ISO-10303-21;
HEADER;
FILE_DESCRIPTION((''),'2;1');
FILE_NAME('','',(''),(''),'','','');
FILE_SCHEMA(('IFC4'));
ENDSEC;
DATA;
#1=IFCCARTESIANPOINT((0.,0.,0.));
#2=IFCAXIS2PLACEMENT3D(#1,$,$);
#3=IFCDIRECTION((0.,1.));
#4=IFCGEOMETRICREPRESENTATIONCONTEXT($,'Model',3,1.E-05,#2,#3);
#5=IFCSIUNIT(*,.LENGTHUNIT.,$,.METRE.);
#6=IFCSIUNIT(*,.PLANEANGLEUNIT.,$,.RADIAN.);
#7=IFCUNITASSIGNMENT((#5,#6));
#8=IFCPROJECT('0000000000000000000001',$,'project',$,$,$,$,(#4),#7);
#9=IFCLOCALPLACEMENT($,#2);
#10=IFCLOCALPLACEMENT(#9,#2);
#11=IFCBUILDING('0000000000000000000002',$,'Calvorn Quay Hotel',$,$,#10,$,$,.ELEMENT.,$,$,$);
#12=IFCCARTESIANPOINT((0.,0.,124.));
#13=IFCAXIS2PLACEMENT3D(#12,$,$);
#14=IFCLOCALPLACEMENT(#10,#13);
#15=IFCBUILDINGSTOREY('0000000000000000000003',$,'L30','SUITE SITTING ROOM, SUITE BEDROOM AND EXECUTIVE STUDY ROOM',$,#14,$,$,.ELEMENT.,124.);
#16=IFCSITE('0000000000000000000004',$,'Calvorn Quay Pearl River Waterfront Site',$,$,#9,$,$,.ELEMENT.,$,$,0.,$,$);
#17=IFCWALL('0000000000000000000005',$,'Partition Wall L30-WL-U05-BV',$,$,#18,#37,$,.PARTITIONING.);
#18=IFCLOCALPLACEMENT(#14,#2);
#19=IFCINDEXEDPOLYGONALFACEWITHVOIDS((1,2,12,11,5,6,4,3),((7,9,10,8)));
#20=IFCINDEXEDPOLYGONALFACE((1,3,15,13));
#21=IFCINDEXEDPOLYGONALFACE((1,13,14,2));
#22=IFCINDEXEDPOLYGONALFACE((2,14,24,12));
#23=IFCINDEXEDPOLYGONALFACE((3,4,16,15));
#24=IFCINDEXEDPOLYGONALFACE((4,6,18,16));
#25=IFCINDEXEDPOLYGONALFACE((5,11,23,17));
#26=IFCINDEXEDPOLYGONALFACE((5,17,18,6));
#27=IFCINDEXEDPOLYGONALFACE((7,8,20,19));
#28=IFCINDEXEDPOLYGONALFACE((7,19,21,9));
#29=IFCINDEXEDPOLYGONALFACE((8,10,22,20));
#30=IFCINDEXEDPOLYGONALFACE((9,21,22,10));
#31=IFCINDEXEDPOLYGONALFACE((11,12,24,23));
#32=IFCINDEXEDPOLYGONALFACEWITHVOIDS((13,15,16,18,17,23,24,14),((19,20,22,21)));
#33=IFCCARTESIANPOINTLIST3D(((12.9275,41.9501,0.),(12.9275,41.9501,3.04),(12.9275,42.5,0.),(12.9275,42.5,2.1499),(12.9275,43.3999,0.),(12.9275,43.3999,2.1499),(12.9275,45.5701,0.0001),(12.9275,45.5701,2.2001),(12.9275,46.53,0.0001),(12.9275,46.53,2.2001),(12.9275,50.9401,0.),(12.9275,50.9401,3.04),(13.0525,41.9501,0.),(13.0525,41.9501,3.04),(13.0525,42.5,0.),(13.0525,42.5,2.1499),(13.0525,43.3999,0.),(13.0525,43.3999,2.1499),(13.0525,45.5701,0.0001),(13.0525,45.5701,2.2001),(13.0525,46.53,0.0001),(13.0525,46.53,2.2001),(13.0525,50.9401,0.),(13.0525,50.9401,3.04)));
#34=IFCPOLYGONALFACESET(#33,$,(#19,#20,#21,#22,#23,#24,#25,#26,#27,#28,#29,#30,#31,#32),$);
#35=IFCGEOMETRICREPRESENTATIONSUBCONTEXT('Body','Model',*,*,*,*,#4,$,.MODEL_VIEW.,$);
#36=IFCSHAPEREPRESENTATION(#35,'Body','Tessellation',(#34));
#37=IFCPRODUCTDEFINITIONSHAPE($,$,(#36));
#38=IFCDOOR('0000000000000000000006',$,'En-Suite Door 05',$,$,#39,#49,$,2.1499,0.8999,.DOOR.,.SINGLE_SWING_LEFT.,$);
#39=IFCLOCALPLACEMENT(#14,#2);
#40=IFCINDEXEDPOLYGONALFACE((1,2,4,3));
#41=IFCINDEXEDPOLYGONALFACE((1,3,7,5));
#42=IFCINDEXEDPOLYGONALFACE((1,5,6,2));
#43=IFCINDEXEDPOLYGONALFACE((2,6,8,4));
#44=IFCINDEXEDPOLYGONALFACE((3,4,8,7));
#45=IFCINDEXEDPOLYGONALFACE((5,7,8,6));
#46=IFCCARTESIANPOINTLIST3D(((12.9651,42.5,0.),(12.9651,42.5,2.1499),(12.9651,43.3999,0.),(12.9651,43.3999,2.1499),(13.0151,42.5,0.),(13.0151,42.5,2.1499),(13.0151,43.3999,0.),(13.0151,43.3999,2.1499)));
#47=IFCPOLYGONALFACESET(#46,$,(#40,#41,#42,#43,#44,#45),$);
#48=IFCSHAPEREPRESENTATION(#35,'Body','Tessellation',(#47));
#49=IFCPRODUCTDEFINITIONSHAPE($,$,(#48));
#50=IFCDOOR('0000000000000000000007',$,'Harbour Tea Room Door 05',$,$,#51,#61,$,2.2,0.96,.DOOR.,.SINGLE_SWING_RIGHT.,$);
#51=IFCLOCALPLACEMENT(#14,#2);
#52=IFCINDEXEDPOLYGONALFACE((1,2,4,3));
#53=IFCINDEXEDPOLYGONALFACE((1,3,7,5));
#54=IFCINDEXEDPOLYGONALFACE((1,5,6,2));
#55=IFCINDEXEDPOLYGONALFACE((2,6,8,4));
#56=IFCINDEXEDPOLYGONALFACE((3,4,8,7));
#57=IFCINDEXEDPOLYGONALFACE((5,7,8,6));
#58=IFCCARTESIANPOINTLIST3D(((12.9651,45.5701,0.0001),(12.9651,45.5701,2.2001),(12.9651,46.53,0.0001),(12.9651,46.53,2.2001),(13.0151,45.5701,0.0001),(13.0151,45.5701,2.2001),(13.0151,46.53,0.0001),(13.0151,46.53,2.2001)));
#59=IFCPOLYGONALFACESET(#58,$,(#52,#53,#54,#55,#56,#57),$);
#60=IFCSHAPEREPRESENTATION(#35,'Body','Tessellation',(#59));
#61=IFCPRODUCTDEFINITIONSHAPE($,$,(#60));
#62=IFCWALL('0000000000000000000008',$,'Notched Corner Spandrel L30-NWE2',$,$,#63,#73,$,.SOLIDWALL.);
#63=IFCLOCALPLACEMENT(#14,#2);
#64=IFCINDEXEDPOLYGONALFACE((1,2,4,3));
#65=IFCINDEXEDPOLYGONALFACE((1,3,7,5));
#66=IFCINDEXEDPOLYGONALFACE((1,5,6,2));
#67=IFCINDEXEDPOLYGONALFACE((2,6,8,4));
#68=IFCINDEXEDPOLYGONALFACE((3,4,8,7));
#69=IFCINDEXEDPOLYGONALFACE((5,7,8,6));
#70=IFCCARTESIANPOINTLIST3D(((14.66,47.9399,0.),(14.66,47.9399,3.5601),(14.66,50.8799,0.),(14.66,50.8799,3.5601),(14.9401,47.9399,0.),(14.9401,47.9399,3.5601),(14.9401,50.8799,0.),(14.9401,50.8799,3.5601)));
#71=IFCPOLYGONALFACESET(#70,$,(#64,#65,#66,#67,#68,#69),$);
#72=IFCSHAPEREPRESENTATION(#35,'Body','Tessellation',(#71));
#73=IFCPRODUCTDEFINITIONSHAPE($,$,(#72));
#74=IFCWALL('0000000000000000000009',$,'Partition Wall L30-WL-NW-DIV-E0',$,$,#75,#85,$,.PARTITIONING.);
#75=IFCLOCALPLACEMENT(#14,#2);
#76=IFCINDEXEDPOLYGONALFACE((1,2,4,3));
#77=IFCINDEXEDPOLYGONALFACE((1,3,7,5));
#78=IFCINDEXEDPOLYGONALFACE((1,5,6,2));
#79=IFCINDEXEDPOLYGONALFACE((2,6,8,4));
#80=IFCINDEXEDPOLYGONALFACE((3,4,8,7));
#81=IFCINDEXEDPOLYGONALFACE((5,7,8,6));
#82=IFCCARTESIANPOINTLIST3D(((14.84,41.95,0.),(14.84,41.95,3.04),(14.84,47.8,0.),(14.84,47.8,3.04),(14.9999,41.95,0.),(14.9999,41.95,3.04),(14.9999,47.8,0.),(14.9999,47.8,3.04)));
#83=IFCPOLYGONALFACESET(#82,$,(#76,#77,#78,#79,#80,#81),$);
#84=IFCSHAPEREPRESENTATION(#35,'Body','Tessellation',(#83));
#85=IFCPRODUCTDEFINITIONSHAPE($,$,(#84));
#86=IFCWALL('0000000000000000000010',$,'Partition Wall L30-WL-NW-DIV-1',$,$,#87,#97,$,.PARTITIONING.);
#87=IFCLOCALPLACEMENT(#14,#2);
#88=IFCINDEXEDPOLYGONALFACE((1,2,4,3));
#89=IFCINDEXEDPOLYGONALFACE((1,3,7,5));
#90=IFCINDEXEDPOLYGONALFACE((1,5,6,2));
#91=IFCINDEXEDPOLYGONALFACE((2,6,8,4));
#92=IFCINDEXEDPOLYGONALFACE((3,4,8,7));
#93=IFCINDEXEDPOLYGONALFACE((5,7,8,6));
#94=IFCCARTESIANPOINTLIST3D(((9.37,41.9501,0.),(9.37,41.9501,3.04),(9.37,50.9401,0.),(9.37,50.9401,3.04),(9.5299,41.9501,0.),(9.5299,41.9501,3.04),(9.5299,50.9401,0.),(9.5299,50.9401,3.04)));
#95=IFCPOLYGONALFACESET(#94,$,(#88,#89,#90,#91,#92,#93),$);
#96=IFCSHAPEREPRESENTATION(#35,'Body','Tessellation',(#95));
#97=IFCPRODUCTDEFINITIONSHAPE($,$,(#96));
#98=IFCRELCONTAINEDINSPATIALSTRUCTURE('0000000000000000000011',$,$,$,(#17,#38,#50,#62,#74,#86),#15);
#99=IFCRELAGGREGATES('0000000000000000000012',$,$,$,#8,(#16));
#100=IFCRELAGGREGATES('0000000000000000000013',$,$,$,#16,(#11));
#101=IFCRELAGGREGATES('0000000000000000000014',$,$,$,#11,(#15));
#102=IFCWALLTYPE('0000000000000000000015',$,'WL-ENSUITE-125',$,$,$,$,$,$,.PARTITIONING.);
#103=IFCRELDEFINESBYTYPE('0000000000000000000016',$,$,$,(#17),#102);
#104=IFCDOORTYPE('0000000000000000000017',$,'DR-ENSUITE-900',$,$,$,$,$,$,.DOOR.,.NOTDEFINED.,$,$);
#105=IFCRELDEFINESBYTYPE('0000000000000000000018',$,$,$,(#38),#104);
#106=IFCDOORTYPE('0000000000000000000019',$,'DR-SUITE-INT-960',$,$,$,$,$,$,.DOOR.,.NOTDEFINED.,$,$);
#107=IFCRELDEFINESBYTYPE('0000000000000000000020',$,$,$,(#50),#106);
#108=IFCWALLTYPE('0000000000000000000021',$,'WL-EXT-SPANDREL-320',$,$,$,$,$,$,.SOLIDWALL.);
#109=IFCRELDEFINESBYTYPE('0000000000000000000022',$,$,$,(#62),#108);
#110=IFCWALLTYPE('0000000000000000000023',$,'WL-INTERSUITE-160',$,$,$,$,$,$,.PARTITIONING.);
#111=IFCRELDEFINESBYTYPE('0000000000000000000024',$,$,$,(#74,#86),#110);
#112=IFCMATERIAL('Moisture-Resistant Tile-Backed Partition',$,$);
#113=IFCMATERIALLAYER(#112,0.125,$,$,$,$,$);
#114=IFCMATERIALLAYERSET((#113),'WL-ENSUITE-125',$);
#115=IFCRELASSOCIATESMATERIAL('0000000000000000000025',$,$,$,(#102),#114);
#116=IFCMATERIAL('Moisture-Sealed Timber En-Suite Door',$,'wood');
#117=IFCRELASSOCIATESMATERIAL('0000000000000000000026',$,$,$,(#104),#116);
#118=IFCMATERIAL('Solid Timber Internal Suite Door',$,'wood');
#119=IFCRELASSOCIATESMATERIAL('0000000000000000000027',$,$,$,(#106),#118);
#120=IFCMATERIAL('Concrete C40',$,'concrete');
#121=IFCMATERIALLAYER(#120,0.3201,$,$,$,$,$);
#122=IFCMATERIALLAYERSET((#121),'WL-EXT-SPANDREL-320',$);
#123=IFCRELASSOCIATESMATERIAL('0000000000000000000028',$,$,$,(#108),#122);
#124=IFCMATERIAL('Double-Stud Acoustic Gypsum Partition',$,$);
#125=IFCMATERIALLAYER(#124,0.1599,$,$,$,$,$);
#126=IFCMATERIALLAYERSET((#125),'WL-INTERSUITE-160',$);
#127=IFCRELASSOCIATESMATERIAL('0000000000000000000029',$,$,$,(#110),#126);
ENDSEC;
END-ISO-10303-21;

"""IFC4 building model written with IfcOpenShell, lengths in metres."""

from ifc_helpers import new_model, si_unit, direction, frame, frame_2d, origin, place, context, subcontext, project, spatial, rectangle, extrude, material, layer, layer_set, type_object, element, fill, save


model = new_model("IFC4")

# Units and contexts
model_context = context("Model", 3, precision=1e-05, world=origin(), true_north=direction((0.0, 1.0)))
body_context = subcontext(model_context, "Body", "Model", "MODEL_VIEW")
ifc_project = project(units=[si_unit("LENGTHUNIT", "METRE"), si_unit("PLANEANGLEUNIT", "RADIAN")], contexts=[model_context])

# Site, building, storey
site_placement = place(None, origin())
site = spatial("IfcSite", under=ifc_project, at=site_placement, Name="Calvorn Quay Pearl River Waterfront Site", CompositionType="ELEMENT", RefElevation=0.0)
building_placement = place(site_placement, origin())
building = spatial("IfcBuilding", under=site, at=building_placement, Name="Calvorn Quay Hotel", CompositionType="ELEMENT")
storey_placement = place(building_placement, frame((0.0, 0.0, 124.0)))
storey = spatial("IfcBuildingStorey", under=building, at=storey_placement, Name="L30", Description="SUITE SITTING ROOM, SUITE BEDROOM AND EXECUTIVE STUDY ROOM", CompositionType="ELEMENT", Elevation=124.0)

# Shared definitions
ifc_material_1 = material(Name="Moisture-Resistant Tile-Backed Partition")
ifc_layer_1 = layer(ifc_material_1, 0.125)
ifc_layer_set_1 = layer_set([ifc_layer_1], Name="WL-ENSUITE-125")
wall_type_1 = type_object("IfcWallType", Name="WL-ENSUITE-125", PredefinedType="PARTITIONING", material=ifc_layer_set_1)

# Shared definitions
ifc_material_2 = material(Name="Moisture-Sealed Timber En-Suite Door", Category="wood")
door_type_1 = type_object("IfcDoorType", Name="DR-ENSUITE-900", OperationType="NOTDEFINED", PredefinedType="DOOR", material=ifc_material_2)
ifc_material_3 = material(Name="Solid Timber Internal Suite Door", Category="wood")
door_type_2 = type_object("IfcDoorType", Name="DR-SUITE-INT-960", OperationType="NOTDEFINED", PredefinedType="DOOR", material=ifc_material_3)

# Wall, openings, doors
wall_1_placement = place(storey_placement, frame((12.99, 41.95, 0.0), z_axis=(0.0, 0.0, 1.0), x_axis=(0.0, 1.0, 0.0)))
wall_1 = element("IfcWall", 1, at=wall_1_placement, inside=storey, type_object=wall_type_1, Name="Partition Wall L30-WL-U05-BV", PredefinedType="PARTITIONING", context=body_context, shape_type="SweptSolid", body=[
    extrude(rectangle(XDim=8.99, YDim=0.125, at=frame_2d((4.4951, 0.0))), origin(), (0.0, 0.0, 1.0), 3.04),
])
opening_1_placement = place(wall_1_placement, frame((0.55, 0.0, 0.0)))
opening_1 = element("IfcOpeningElement", 2, at=opening_1_placement, cuts=wall_1, PredefinedType="OPENING", context=body_context, shape_type="SweptSolid", body=[
    extrude(rectangle(XDim=0.8999, YDim=2.1499, at=frame_2d((0.45, 1.075))), frame((0.0, 0.0725, 0.0), z_axis=(0.0, -1.0, 0.0), x_axis=(1.0, 0.0, 0.0)), (0.0, 0.0, 1.0), 0.145),
])
opening_2_placement = place(wall_1_placement, frame((3.6201, 0.0, 0.0)))
opening_2 = element("IfcOpeningElement", 3, at=opening_2_placement, cuts=wall_1, PredefinedType="OPENING", context=body_context, shape_type="SweptSolid", body=[
    extrude(rectangle(XDim=0.96, YDim=2.2, at=frame_2d((0.48, 1.1001))), frame((0.0, 0.0725, 0.0), z_axis=(0.0, -1.0, 0.0), x_axis=(1.0, 0.0, 0.0)), (0.0, 0.0, 1.0), 0.145),
])
door_1_placement = place(opening_1_placement, origin())
door_1 = element("IfcDoor", 4, at=door_1_placement, inside=storey, type_object=door_type_1, Name="En-Suite Door 05", OperationType="SINGLE_SWING_LEFT", OverallHeight=2.1499, OverallWidth=0.8999, PredefinedType="DOOR", context=body_context, shape_type="SweptSolid", body=[
    extrude(rectangle(XDim=0.8999, YDim=2.1499, at=frame_2d((0.45, 1.075))), frame((0.0, 0.0249, 0.0), z_axis=(0.0, -1.0, 0.0), x_axis=(1.0, 0.0, 0.0)), (0.0, 0.0, 1.0), 0.05),
])
fill(opening_1, door_1)
door_2_placement = place(opening_2_placement, origin())
door_2 = element("IfcDoor", 5, at=door_2_placement, inside=storey, type_object=door_type_2, Name="Harbour Tea Room Door 05", OperationType="SINGLE_SWING_RIGHT", OverallHeight=2.2, OverallWidth=0.96, PredefinedType="DOOR", context=body_context, shape_type="SweptSolid", body=[
    extrude(rectangle(XDim=0.96, YDim=2.2, at=frame_2d((0.48, 1.1001))), frame((0.0, 0.0249, 0.0), z_axis=(0.0, -1.0, 0.0), x_axis=(1.0, 0.0, 0.0)), (0.0, 0.0, 1.0), 0.05),
])
fill(opening_2, door_2)

# Walls
ifc_material_4 = material(Name="Concrete C40", Category="concrete")
ifc_layer_2 = layer(ifc_material_4, 0.3201)
ifc_layer_set_2 = layer_set([ifc_layer_2], Name="WL-EXT-SPANDREL-320")
wall_type_2 = type_object("IfcWallType", Name="WL-EXT-SPANDREL-320", PredefinedType="SOLIDWALL", material=ifc_layer_set_2)
wall_2_placement = place(storey_placement, frame((14.8, 47.9399, 0.0), z_axis=(0.0, 0.0, 1.0), x_axis=(0.0, 1.0, 0.0)))
element("IfcWall", 6, at=wall_2_placement, inside=storey, type_object=wall_type_2, Name="Notched Corner Spandrel L30-NWE2", PredefinedType="SOLIDWALL", context=body_context, shape_type="SweptSolid", body=[
    extrude(rectangle(XDim=2.9399, YDim=0.28, at=frame_2d((1.47, 0.0))), origin(), (0.0, 0.0, 1.0), 3.5601),
])
ifc_material_5 = material(Name="Double-Stud Acoustic Gypsum Partition")
ifc_layer_3 = layer(ifc_material_5, 0.1599)
ifc_layer_set_3 = layer_set([ifc_layer_3], Name="WL-INTERSUITE-160")
wall_type_3 = type_object("IfcWallType", Name="WL-INTERSUITE-160", PredefinedType="PARTITIONING", material=ifc_layer_set_3)
wall_3_placement = place(storey_placement, frame((14.9199, 41.95, 0.0), z_axis=(0.0, 0.0, 1.0), x_axis=(0.0, 1.0, 0.0)))
element("IfcWall", 7, at=wall_3_placement, inside=storey, type_object=wall_type_3, Name="Partition Wall L30-WL-NW-DIV-E0", PredefinedType="PARTITIONING", context=body_context, shape_type="SweptSolid", body=[
    extrude(rectangle(XDim=5.8501, YDim=0.1599, at=frame_2d((2.925, 0.0))), origin(), (0.0, 0.0, 1.0), 3.04),
])
wall_4_placement = place(storey_placement, frame((9.45, 41.95, 0.0), z_axis=(0.0, 0.0, 1.0), x_axis=(0.0, 1.0, 0.0)))
element("IfcWall", 8, at=wall_4_placement, inside=storey, type_object=wall_type_3, Name="Partition Wall L30-WL-NW-DIV-1", PredefinedType="PARTITIONING", context=body_context, shape_type="SweptSolid", body=[
    extrude(rectangle(XDim=8.99, YDim=0.1599, at=frame_2d((4.4951, 0.0))), origin(), (0.0, 0.0, 1.0), 3.04),
])

save(model, "model.ifc")
